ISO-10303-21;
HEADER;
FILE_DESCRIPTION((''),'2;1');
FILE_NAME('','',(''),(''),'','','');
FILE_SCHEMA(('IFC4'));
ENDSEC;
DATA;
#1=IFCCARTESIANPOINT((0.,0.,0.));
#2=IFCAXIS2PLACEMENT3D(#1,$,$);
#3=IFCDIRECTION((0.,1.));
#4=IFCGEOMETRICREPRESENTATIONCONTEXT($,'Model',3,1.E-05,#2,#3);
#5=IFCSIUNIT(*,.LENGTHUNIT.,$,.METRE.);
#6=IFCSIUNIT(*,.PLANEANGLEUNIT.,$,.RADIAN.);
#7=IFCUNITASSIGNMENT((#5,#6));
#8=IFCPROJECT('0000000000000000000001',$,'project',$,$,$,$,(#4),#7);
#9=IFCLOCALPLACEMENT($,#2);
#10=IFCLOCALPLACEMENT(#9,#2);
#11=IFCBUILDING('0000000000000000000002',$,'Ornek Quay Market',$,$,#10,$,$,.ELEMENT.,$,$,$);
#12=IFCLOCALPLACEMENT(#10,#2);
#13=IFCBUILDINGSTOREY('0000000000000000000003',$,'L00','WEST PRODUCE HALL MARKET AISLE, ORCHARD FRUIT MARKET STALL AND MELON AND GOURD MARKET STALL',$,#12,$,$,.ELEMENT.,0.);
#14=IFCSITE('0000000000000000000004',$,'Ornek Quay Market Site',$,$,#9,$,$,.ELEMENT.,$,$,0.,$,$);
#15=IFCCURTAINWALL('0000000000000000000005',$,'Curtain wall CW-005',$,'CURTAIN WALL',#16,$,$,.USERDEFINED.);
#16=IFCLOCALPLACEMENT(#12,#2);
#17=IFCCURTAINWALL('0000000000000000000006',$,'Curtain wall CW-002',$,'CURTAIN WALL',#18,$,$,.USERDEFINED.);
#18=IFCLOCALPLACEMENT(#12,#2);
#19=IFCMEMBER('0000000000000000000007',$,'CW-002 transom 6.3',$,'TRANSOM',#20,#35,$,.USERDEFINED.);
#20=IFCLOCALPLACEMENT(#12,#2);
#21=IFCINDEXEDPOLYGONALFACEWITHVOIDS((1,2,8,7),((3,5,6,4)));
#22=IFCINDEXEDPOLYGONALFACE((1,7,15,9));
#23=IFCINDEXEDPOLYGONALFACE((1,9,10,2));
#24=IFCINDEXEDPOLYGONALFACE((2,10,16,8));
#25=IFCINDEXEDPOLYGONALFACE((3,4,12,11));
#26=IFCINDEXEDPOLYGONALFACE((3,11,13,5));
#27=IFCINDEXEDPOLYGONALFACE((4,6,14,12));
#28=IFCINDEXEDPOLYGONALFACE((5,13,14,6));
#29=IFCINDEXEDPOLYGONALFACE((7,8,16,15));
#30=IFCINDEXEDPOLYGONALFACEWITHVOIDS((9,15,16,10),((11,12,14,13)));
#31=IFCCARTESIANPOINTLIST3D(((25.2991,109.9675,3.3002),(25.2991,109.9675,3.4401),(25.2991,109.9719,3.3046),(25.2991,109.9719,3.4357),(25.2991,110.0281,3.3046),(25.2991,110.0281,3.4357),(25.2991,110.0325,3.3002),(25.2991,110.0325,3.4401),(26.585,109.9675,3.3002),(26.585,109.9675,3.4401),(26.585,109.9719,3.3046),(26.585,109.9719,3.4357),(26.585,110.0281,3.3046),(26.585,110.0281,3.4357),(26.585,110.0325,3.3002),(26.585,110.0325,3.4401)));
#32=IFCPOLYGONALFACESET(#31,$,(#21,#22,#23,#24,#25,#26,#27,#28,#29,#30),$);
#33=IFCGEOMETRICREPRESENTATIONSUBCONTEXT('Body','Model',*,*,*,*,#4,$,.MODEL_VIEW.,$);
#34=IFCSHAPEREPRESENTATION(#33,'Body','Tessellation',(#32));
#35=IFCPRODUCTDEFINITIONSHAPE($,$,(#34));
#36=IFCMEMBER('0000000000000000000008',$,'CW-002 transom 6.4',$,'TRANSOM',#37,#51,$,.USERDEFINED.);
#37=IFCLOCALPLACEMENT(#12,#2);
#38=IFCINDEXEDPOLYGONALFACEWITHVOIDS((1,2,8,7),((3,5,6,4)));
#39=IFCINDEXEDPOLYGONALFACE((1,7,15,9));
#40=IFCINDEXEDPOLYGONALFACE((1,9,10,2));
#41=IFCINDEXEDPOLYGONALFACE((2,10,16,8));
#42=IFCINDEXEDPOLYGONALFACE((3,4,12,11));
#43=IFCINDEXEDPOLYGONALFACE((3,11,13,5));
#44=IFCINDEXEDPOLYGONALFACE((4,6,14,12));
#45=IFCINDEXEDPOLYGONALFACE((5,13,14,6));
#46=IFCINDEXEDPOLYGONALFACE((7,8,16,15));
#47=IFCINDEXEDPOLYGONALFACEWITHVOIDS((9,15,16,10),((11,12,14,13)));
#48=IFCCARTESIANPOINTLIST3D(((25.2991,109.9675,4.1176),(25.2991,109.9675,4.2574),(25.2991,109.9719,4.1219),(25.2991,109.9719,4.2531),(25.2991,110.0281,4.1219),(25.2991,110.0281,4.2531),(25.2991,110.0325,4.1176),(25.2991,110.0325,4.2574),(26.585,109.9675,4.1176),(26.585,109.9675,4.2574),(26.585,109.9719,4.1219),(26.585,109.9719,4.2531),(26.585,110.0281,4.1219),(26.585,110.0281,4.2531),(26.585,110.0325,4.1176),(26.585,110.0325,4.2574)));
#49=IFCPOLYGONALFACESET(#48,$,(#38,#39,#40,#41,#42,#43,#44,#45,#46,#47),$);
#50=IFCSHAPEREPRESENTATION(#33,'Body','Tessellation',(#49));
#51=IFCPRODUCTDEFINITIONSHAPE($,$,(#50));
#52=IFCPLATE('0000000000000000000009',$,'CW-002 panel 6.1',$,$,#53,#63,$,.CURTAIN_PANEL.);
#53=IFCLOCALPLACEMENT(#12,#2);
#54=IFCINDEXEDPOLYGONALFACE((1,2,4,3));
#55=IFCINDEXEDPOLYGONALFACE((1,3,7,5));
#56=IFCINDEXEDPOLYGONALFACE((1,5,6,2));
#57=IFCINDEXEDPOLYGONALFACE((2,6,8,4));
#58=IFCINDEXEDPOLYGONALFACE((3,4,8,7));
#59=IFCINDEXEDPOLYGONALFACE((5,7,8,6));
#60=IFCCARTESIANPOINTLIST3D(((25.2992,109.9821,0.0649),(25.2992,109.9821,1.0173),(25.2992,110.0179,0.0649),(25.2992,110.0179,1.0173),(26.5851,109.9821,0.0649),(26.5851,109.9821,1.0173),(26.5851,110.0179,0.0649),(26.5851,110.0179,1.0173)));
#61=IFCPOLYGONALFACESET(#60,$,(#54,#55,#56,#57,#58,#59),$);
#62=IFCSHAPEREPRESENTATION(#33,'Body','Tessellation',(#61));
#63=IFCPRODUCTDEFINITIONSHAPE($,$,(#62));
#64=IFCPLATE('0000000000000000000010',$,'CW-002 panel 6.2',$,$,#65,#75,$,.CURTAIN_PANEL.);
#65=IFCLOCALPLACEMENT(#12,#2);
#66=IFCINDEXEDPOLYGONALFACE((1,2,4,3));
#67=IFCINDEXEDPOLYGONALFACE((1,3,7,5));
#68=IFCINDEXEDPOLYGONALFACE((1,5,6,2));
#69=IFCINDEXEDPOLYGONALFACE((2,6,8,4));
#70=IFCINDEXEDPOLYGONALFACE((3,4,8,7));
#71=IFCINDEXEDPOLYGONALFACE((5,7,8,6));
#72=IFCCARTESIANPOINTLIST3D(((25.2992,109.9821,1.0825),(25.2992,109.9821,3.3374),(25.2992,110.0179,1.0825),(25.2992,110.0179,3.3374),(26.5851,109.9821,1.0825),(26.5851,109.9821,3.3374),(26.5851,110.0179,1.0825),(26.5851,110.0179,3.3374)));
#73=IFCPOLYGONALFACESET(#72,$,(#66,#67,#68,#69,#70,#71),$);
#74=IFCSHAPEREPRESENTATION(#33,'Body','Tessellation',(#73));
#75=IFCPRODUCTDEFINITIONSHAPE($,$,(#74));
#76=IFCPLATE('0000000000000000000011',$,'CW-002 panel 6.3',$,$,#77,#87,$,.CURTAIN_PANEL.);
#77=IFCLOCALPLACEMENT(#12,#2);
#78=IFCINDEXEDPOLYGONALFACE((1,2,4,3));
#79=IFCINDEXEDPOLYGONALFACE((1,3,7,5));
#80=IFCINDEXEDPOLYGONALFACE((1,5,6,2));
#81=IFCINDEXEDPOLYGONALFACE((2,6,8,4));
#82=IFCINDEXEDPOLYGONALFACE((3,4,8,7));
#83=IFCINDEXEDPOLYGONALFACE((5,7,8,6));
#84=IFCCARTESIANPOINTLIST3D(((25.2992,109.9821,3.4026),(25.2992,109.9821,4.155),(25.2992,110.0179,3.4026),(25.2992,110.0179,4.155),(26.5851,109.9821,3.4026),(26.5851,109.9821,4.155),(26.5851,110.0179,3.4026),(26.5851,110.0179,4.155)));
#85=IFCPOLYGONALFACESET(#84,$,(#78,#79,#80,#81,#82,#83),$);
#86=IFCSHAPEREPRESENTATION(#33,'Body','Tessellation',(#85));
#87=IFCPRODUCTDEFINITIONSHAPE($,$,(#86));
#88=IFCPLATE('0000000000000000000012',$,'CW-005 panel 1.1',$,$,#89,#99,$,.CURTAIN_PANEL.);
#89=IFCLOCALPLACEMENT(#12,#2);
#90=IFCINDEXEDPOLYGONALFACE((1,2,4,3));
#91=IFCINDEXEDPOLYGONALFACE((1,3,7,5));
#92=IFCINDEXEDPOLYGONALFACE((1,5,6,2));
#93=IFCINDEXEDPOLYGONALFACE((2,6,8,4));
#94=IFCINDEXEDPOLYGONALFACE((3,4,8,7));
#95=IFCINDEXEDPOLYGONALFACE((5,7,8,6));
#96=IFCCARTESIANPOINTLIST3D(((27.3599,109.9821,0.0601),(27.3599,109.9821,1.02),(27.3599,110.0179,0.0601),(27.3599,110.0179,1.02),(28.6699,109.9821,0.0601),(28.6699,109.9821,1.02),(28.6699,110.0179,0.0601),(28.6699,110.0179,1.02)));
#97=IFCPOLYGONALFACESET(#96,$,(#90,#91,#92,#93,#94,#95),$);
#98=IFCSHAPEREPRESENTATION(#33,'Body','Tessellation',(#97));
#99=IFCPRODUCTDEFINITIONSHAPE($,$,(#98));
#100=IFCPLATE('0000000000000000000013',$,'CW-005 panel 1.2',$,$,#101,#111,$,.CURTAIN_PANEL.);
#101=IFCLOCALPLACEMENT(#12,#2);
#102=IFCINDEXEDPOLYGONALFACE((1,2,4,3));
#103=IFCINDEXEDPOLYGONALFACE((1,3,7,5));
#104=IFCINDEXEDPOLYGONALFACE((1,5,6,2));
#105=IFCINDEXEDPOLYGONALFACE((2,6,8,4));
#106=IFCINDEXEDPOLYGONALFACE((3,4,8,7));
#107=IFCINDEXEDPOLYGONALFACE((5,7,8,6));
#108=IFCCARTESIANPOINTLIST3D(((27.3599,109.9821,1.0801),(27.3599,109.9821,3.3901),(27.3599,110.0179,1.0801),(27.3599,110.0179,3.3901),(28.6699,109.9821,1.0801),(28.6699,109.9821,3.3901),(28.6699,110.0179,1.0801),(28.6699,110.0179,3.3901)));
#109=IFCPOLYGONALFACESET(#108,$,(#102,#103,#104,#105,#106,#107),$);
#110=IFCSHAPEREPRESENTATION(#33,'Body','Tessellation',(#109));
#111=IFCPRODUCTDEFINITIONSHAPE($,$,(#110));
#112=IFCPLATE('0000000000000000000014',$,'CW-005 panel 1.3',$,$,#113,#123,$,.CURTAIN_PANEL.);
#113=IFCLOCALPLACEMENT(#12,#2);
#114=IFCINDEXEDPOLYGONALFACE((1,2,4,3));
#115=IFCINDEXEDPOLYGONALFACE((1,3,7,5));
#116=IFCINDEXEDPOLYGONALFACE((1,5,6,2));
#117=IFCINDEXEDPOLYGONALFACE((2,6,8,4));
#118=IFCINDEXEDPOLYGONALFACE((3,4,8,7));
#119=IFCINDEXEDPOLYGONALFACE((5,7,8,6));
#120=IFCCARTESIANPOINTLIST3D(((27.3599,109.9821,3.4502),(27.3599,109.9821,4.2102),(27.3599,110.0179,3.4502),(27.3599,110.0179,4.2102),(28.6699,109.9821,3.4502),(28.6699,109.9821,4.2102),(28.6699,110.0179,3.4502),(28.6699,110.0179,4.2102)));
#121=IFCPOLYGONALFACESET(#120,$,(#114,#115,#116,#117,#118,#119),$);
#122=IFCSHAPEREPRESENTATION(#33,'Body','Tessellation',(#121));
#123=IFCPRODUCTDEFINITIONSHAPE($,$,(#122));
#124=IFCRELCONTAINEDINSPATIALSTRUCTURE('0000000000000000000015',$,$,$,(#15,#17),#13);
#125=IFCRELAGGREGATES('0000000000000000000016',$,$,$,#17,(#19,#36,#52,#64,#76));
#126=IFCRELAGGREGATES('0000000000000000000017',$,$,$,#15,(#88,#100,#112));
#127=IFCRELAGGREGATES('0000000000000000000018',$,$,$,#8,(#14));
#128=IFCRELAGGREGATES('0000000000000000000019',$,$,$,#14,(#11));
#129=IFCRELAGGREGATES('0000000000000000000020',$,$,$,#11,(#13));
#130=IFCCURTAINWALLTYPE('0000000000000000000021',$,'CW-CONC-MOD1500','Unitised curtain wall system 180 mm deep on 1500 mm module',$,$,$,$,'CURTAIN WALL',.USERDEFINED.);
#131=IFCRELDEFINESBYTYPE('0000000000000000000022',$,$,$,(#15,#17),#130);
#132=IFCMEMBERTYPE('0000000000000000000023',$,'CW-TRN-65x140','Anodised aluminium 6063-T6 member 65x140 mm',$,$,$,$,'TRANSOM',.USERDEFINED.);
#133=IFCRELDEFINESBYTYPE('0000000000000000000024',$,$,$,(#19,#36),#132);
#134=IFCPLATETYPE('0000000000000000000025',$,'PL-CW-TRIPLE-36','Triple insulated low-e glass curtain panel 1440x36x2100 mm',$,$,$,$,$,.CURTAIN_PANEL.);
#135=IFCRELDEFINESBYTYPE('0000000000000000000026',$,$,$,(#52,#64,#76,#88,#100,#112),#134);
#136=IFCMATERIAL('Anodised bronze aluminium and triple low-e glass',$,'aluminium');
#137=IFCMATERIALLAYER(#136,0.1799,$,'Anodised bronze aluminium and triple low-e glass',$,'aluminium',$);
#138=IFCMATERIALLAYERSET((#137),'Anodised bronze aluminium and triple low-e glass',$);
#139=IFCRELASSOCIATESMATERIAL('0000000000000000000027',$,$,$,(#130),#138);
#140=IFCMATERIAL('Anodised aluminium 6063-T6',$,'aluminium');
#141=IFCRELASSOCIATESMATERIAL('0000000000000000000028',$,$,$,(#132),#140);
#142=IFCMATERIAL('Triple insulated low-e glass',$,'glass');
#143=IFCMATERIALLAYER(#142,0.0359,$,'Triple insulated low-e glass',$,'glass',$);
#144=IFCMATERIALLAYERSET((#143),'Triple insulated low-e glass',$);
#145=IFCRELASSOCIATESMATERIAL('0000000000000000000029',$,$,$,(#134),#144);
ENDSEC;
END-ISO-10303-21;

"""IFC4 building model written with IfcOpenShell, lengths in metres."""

from ifc_helpers import new_model, si_unit, direction, frame, origin, origin_2d, place, context, subcontext, project, spatial, rectangle, hollow_rectangle, extrude, material, layer, layer_set, material_profile, profile_set, type_object, element, aggregate, save


model = new_model("IFC4")

# Units and contexts
model_context = context("Model", 3, precision=1e-05, world=origin(), true_north=direction((0.0, 1.0)))
body_context = subcontext(model_context, "Body", "Model", "MODEL_VIEW")
ifc_project = project(units=[si_unit("LENGTHUNIT", "METRE"), si_unit("PLANEANGLEUNIT", "RADIAN")], contexts=[model_context])

# Site, building, storey
site_placement = place(None, origin())
site = spatial("IfcSite", under=ifc_project, at=site_placement, Name="Ornek Quay Market Site", CompositionType="ELEMENT", RefElevation=0.0)
building_placement = place(site_placement, origin())
building = spatial("IfcBuilding", under=site, at=building_placement, Name="Ornek Quay Market", CompositionType="ELEMENT")
storey_placement = place(building_placement, origin())
storey = spatial("IfcBuildingStorey", under=building, at=storey_placement, Name="L00", Description="WEST PRODUCE HALL MARKET AISLE, ORCHARD FRUIT MARKET STALL AND MELON AND GOURD MARKET STALL", CompositionType="ELEMENT", Elevation=0.0)

# Curtain wall
ifc_material_1 = material(Name="Anodised bronze aluminium and triple low-e glass", Category="aluminium")
ifc_layer_1 = layer(ifc_material_1, 0.1799, Name="Anodised bronze aluminium and triple low-e glass", Category="aluminium")
ifc_layer_set_1 = layer_set([ifc_layer_1], Name="Anodised bronze aluminium and triple low-e glass")
curtain_wall_type = type_object("IfcCurtainWallType", Name="CW-CONC-MOD1500", Description="Unitised curtain wall system 180 mm deep on 1500 mm module", ElementType="CURTAIN WALL", PredefinedType="USERDEFINED", material=ifc_layer_set_1)
curtain_wall_1_placement = place(storey_placement, origin())
curtain_wall_1 = element("IfcCurtainWall", 1, at=curtain_wall_1_placement, inside=storey, type_object=curtain_wall_type, Name="Curtain wall CW-005", ObjectType="CURTAIN WALL", PredefinedType="USERDEFINED")
ifc_material_2 = material(Name="Anodised aluminium 6063-T6", Category="aluminium")

# Curtain wall
curtain_wall_2_placement = place(storey_placement, origin())
curtain_wall_2 = element("IfcCurtainWall", 2, at=curtain_wall_2_placement, inside=storey, type_object=curtain_wall_type, Name="Curtain wall CW-002", ObjectType="CURTAIN WALL", PredefinedType="USERDEFINED")

# Members
ifc_material_profile_1 = material_profile(ifc_material_2, hollow_rectangle(XDim=0.0649, YDim=0.1399, WallThickness=0.0044, at=origin_2d()), Name="CW-TRN-65x140", Category="aluminium")
ifc_profile_set_1 = profile_set([ifc_material_profile_1], Name="Anodised aluminium 6063-T6")
member_type_1 = type_object("IfcMemberType", Name="CW-TRN-65x140", Description="Anodised aluminium 6063-T6 member 65x140 mm", ElementType="TRANSOM", PredefinedType="USERDEFINED", material=ifc_profile_set_1)
member_1_placement = place(storey_placement, frame((25.2991, 110.0, 3.3701), z_axis=(1.0, 0.0, 0.0), x_axis=(0.0, 1.0, 0.0)))
member_1 = element("IfcMember", 3, at=member_1_placement, type_object=member_type_1, Name="CW-002 transom 6.3", ObjectType="TRANSOM", PredefinedType="USERDEFINED", context=body_context, shape_type="SweptSolid", body=[
    extrude(hollow_rectangle(XDim=0.0649, YDim=0.1399, WallThickness=0.0044, at=origin_2d()), origin(), (0.0, 0.0, 1.0), 1.2859),
])
member_2_placement = place(storey_placement, frame((25.2991, 110.0, 4.1875), z_axis=(1.0, 0.0, 0.0), x_axis=(0.0, 1.0, 0.0)))
member_2 = element("IfcMember", 4, at=member_2_placement, type_object=member_type_1, Name="CW-002 transom 6.4", ObjectType="TRANSOM", PredefinedType="USERDEFINED", context=body_context, shape_type="SweptSolid", body=[
    extrude(hollow_rectangle(XDim=0.0649, YDim=0.1399, WallThickness=0.0044, at=origin_2d()), origin(), (0.0, 0.0, 1.0), 1.2859),
])

# Plates
ifc_material_3 = material(Name="Triple insulated low-e glass", Category="glass")
ifc_layer_2 = layer(ifc_material_3, 0.0359, Name="Triple insulated low-e glass", Category="glass")
ifc_layer_set_2 = layer_set([ifc_layer_2], Name="Triple insulated low-e glass")
plate_type = type_object("IfcPlateType", Name="PL-CW-TRIPLE-36", Description="Triple insulated low-e glass curtain panel 1440x36x2100 mm", PredefinedType="CURTAIN_PANEL", material=ifc_layer_set_2)
plate_1_placement = place(storey_placement, frame((25.9421, 110.0, 0.0649), z_axis=(0.0, 0.0, 1.0), x_axis=(1.0, 0.0, 0.0)))
plate_1 = element("IfcPlate", 5, at=plate_1_placement, type_object=plate_type, Name="CW-002 panel 6.1", PredefinedType="CURTAIN_PANEL", context=body_context, shape_type="SweptSolid", body=[
    extrude(rectangle(XDim=1.2859, YDim=0.0359, at=origin_2d()), origin(), (0.0, 0.0, 1.0), 0.9524),
])
plate_2_placement = place(storey_placement, frame((25.9421, 110.0, 1.0825), z_axis=(0.0, 0.0, 1.0), x_axis=(1.0, 0.0, 0.0)))
plate_2 = element("IfcPlate", 6, at=plate_2_placement, type_object=plate_type, Name="CW-002 panel 6.2", PredefinedType="CURTAIN_PANEL", context=body_context, shape_type="SweptSolid", body=[
    extrude(rectangle(XDim=1.2859, YDim=0.0359, at=origin_2d()), origin(), (0.0, 0.0, 1.0), 2.2549),
])
plate_3_placement = place(storey_placement, frame((25.9421, 110.0, 3.4026), z_axis=(0.0, 0.0, 1.0), x_axis=(1.0, 0.0, 0.0)))
plate_3 = element("IfcPlate", 7, at=plate_3_placement, type_object=plate_type, Name="CW-002 panel 6.3", PredefinedType="CURTAIN_PANEL", context=body_context, shape_type="SweptSolid", body=[
    extrude(rectangle(XDim=1.2859, YDim=0.0359, at=origin_2d()), origin(), (0.0, 0.0, 1.0), 0.7524),
])
aggregate(curtain_wall_2, [member_1, member_2, plate_1, plate_2, plate_3])
plate_4_placement = place(storey_placement, frame((28.0149, 110.0, 0.0601), z_axis=(0.0, 0.0, 1.0), x_axis=(1.0, 0.0, 0.0)))
plate_4 = element("IfcPlate", 8, at=plate_4_placement, type_object=plate_type, Name="CW-005 panel 1.1", PredefinedType="CURTAIN_PANEL", context=body_context, shape_type="SweptSolid", body=[
    extrude(rectangle(XDim=1.3101, YDim=0.0359, at=origin_2d()), origin(), (0.0, 0.0, 1.0), 0.96),
])
plate_5_placement = place(storey_placement, frame((28.0149, 110.0, 1.0801), z_axis=(0.0, 0.0, 1.0), x_axis=(1.0, 0.0, 0.0)))
plate_5 = element("IfcPlate", 9, at=plate_5_placement, type_object=plate_type, Name="CW-005 panel 1.2", PredefinedType="CURTAIN_PANEL", context=body_context, shape_type="SweptSolid", body=[
    extrude(rectangle(XDim=1.3101, YDim=0.0359, at=origin_2d()), origin(), (0.0, 0.0, 1.0), 2.3101),
])
plate_6_placement = place(storey_placement, frame((28.0149, 110.0, 3.4502), z_axis=(0.0, 0.0, 1.0), x_axis=(1.0, 0.0, 0.0)))
plate_6 = element("IfcPlate", 10, at=plate_6_placement, type_object=plate_type, Name="CW-005 panel 1.3", PredefinedType="CURTAIN_PANEL", context=body_context, shape_type="SweptSolid", body=[
    extrude(rectangle(XDim=1.3101, YDim=0.0359, at=origin_2d()), origin(), (0.0, 0.0, 1.0), 0.76),
])
aggregate(curtain_wall_1, [plate_4, plate_5, plate_6])

save(model, "model.ifc")
